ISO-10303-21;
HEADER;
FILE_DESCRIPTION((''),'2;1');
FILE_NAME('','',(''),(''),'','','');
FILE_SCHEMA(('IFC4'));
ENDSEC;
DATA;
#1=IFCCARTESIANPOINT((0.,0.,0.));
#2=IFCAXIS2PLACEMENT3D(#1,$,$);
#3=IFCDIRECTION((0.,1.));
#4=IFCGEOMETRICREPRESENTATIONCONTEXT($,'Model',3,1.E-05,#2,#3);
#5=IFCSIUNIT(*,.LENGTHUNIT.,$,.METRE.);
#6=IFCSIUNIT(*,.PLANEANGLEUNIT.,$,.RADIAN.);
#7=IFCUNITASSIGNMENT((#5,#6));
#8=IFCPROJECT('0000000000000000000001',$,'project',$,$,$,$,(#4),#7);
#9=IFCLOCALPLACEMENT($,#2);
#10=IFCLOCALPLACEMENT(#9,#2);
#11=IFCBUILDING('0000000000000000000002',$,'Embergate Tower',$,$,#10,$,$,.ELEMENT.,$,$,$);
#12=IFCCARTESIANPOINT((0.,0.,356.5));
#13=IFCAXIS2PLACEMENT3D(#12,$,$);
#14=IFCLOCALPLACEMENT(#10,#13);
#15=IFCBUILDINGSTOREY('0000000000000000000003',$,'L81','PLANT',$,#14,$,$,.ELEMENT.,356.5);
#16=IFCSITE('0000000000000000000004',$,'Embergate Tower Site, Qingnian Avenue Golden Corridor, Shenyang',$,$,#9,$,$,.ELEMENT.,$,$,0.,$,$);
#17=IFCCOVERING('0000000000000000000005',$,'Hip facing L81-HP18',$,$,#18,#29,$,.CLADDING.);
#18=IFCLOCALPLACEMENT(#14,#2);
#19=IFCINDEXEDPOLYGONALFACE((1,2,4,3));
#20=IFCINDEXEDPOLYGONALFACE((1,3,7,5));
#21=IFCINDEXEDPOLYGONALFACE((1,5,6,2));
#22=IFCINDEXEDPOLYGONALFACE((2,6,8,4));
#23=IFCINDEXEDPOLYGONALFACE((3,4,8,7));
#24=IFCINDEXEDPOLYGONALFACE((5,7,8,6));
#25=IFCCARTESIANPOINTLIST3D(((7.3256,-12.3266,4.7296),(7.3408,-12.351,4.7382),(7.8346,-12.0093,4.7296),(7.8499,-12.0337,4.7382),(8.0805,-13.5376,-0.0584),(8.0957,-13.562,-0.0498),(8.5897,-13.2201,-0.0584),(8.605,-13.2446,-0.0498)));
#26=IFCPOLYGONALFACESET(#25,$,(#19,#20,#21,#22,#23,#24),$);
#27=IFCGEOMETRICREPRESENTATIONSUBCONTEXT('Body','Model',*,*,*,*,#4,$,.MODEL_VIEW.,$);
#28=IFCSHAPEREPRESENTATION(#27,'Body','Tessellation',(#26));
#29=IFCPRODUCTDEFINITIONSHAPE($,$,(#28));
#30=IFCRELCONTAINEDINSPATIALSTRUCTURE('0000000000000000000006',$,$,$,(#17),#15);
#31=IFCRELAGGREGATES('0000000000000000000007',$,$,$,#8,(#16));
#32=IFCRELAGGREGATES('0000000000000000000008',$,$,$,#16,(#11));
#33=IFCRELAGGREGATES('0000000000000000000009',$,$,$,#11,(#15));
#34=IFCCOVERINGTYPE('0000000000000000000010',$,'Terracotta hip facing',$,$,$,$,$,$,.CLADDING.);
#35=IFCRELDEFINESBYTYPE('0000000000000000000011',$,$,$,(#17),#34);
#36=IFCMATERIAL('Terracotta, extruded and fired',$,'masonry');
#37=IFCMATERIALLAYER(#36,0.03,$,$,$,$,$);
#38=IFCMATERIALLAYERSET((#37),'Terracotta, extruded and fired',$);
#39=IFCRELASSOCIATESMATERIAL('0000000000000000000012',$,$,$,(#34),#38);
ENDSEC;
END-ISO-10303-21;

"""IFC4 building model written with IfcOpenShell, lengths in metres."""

from ifc_helpers import new_model, si_unit, direction, frame, origin, place, context, subcontext, project, spatial, polyline, outline, extrude, source, transform, mapped, material, layer, layer_set, type_object, element, save


model = new_model("IFC4")

# Units and contexts
model_context = context("Model", 3, precision=1e-05, world=origin(), true_north=direction((0.0, 1.0)))
body_context = subcontext(model_context, "Body", "Model", "MODEL_VIEW")
ifc_project = project(units=[si_unit("LENGTHUNIT", "METRE"), si_unit("PLANEANGLEUNIT", "RADIAN")], contexts=[model_context])

# Site, building, storey
site_placement = place(None, origin())
site = spatial("IfcSite", under=ifc_project, at=site_placement, Name="Embergate Tower Site, Qingnian Avenue Golden Corridor, Shenyang", CompositionType="ELEMENT", RefElevation=0.0)
building_placement = place(site_placement, origin())
building = spatial("IfcBuilding", under=site, at=building_placement, Name="Embergate Tower", CompositionType="ELEMENT")
storey_placement = place(building_placement, frame((0.0, 0.0, 356.5)))
storey = spatial("IfcBuildingStorey", under=building, at=storey_placement, Name="L81", Description="PLANT", CompositionType="ELEMENT", Elevation=356.5)

# Covering
ifc_material_1 = material(Name="Terracotta, extruded and fired", Category="masonry")
ifc_layer_1 = layer(ifc_material_1, 0.03)
ifc_layer_set_1 = layer_set([ifc_layer_1], Name="Terracotta, extruded and fired")
covering_type = type_object("IfcCoveringType", Name="Terracotta hip facing", PredefinedType="CLADDING", material=ifc_layer_set_1)
shared_shape_1 = source(origin(), body_context, "Body", "SweptSolid", [
    extrude(outline(polyline([(0.0, 0.0), (4.9961, 0.0), (4.9961, -0.5999), (0.0, -0.6001), (0.0, 0.0)])), origin(), (0.0, 0.0, -1.0), 0.03),
])
covering_1_placement = place(storey_placement, frame((8.0957, -13.562, -0.0498), z_axis=(0.506956, -0.813275, 0.285621), x_axis=(-0.151098, 0.242382, 0.958343)))
element("IfcCovering", 1, at=covering_1_placement, inside=storey, type_object=covering_type, Name="Hip facing L81-HP18", PredefinedType="CLADDING", context=body_context, shape_type="MappedRepresentation", body=[
    mapped(shared_shape_1, transform((0.0, 0.0, 0.0))),
])

save(model, "model.ifc")
